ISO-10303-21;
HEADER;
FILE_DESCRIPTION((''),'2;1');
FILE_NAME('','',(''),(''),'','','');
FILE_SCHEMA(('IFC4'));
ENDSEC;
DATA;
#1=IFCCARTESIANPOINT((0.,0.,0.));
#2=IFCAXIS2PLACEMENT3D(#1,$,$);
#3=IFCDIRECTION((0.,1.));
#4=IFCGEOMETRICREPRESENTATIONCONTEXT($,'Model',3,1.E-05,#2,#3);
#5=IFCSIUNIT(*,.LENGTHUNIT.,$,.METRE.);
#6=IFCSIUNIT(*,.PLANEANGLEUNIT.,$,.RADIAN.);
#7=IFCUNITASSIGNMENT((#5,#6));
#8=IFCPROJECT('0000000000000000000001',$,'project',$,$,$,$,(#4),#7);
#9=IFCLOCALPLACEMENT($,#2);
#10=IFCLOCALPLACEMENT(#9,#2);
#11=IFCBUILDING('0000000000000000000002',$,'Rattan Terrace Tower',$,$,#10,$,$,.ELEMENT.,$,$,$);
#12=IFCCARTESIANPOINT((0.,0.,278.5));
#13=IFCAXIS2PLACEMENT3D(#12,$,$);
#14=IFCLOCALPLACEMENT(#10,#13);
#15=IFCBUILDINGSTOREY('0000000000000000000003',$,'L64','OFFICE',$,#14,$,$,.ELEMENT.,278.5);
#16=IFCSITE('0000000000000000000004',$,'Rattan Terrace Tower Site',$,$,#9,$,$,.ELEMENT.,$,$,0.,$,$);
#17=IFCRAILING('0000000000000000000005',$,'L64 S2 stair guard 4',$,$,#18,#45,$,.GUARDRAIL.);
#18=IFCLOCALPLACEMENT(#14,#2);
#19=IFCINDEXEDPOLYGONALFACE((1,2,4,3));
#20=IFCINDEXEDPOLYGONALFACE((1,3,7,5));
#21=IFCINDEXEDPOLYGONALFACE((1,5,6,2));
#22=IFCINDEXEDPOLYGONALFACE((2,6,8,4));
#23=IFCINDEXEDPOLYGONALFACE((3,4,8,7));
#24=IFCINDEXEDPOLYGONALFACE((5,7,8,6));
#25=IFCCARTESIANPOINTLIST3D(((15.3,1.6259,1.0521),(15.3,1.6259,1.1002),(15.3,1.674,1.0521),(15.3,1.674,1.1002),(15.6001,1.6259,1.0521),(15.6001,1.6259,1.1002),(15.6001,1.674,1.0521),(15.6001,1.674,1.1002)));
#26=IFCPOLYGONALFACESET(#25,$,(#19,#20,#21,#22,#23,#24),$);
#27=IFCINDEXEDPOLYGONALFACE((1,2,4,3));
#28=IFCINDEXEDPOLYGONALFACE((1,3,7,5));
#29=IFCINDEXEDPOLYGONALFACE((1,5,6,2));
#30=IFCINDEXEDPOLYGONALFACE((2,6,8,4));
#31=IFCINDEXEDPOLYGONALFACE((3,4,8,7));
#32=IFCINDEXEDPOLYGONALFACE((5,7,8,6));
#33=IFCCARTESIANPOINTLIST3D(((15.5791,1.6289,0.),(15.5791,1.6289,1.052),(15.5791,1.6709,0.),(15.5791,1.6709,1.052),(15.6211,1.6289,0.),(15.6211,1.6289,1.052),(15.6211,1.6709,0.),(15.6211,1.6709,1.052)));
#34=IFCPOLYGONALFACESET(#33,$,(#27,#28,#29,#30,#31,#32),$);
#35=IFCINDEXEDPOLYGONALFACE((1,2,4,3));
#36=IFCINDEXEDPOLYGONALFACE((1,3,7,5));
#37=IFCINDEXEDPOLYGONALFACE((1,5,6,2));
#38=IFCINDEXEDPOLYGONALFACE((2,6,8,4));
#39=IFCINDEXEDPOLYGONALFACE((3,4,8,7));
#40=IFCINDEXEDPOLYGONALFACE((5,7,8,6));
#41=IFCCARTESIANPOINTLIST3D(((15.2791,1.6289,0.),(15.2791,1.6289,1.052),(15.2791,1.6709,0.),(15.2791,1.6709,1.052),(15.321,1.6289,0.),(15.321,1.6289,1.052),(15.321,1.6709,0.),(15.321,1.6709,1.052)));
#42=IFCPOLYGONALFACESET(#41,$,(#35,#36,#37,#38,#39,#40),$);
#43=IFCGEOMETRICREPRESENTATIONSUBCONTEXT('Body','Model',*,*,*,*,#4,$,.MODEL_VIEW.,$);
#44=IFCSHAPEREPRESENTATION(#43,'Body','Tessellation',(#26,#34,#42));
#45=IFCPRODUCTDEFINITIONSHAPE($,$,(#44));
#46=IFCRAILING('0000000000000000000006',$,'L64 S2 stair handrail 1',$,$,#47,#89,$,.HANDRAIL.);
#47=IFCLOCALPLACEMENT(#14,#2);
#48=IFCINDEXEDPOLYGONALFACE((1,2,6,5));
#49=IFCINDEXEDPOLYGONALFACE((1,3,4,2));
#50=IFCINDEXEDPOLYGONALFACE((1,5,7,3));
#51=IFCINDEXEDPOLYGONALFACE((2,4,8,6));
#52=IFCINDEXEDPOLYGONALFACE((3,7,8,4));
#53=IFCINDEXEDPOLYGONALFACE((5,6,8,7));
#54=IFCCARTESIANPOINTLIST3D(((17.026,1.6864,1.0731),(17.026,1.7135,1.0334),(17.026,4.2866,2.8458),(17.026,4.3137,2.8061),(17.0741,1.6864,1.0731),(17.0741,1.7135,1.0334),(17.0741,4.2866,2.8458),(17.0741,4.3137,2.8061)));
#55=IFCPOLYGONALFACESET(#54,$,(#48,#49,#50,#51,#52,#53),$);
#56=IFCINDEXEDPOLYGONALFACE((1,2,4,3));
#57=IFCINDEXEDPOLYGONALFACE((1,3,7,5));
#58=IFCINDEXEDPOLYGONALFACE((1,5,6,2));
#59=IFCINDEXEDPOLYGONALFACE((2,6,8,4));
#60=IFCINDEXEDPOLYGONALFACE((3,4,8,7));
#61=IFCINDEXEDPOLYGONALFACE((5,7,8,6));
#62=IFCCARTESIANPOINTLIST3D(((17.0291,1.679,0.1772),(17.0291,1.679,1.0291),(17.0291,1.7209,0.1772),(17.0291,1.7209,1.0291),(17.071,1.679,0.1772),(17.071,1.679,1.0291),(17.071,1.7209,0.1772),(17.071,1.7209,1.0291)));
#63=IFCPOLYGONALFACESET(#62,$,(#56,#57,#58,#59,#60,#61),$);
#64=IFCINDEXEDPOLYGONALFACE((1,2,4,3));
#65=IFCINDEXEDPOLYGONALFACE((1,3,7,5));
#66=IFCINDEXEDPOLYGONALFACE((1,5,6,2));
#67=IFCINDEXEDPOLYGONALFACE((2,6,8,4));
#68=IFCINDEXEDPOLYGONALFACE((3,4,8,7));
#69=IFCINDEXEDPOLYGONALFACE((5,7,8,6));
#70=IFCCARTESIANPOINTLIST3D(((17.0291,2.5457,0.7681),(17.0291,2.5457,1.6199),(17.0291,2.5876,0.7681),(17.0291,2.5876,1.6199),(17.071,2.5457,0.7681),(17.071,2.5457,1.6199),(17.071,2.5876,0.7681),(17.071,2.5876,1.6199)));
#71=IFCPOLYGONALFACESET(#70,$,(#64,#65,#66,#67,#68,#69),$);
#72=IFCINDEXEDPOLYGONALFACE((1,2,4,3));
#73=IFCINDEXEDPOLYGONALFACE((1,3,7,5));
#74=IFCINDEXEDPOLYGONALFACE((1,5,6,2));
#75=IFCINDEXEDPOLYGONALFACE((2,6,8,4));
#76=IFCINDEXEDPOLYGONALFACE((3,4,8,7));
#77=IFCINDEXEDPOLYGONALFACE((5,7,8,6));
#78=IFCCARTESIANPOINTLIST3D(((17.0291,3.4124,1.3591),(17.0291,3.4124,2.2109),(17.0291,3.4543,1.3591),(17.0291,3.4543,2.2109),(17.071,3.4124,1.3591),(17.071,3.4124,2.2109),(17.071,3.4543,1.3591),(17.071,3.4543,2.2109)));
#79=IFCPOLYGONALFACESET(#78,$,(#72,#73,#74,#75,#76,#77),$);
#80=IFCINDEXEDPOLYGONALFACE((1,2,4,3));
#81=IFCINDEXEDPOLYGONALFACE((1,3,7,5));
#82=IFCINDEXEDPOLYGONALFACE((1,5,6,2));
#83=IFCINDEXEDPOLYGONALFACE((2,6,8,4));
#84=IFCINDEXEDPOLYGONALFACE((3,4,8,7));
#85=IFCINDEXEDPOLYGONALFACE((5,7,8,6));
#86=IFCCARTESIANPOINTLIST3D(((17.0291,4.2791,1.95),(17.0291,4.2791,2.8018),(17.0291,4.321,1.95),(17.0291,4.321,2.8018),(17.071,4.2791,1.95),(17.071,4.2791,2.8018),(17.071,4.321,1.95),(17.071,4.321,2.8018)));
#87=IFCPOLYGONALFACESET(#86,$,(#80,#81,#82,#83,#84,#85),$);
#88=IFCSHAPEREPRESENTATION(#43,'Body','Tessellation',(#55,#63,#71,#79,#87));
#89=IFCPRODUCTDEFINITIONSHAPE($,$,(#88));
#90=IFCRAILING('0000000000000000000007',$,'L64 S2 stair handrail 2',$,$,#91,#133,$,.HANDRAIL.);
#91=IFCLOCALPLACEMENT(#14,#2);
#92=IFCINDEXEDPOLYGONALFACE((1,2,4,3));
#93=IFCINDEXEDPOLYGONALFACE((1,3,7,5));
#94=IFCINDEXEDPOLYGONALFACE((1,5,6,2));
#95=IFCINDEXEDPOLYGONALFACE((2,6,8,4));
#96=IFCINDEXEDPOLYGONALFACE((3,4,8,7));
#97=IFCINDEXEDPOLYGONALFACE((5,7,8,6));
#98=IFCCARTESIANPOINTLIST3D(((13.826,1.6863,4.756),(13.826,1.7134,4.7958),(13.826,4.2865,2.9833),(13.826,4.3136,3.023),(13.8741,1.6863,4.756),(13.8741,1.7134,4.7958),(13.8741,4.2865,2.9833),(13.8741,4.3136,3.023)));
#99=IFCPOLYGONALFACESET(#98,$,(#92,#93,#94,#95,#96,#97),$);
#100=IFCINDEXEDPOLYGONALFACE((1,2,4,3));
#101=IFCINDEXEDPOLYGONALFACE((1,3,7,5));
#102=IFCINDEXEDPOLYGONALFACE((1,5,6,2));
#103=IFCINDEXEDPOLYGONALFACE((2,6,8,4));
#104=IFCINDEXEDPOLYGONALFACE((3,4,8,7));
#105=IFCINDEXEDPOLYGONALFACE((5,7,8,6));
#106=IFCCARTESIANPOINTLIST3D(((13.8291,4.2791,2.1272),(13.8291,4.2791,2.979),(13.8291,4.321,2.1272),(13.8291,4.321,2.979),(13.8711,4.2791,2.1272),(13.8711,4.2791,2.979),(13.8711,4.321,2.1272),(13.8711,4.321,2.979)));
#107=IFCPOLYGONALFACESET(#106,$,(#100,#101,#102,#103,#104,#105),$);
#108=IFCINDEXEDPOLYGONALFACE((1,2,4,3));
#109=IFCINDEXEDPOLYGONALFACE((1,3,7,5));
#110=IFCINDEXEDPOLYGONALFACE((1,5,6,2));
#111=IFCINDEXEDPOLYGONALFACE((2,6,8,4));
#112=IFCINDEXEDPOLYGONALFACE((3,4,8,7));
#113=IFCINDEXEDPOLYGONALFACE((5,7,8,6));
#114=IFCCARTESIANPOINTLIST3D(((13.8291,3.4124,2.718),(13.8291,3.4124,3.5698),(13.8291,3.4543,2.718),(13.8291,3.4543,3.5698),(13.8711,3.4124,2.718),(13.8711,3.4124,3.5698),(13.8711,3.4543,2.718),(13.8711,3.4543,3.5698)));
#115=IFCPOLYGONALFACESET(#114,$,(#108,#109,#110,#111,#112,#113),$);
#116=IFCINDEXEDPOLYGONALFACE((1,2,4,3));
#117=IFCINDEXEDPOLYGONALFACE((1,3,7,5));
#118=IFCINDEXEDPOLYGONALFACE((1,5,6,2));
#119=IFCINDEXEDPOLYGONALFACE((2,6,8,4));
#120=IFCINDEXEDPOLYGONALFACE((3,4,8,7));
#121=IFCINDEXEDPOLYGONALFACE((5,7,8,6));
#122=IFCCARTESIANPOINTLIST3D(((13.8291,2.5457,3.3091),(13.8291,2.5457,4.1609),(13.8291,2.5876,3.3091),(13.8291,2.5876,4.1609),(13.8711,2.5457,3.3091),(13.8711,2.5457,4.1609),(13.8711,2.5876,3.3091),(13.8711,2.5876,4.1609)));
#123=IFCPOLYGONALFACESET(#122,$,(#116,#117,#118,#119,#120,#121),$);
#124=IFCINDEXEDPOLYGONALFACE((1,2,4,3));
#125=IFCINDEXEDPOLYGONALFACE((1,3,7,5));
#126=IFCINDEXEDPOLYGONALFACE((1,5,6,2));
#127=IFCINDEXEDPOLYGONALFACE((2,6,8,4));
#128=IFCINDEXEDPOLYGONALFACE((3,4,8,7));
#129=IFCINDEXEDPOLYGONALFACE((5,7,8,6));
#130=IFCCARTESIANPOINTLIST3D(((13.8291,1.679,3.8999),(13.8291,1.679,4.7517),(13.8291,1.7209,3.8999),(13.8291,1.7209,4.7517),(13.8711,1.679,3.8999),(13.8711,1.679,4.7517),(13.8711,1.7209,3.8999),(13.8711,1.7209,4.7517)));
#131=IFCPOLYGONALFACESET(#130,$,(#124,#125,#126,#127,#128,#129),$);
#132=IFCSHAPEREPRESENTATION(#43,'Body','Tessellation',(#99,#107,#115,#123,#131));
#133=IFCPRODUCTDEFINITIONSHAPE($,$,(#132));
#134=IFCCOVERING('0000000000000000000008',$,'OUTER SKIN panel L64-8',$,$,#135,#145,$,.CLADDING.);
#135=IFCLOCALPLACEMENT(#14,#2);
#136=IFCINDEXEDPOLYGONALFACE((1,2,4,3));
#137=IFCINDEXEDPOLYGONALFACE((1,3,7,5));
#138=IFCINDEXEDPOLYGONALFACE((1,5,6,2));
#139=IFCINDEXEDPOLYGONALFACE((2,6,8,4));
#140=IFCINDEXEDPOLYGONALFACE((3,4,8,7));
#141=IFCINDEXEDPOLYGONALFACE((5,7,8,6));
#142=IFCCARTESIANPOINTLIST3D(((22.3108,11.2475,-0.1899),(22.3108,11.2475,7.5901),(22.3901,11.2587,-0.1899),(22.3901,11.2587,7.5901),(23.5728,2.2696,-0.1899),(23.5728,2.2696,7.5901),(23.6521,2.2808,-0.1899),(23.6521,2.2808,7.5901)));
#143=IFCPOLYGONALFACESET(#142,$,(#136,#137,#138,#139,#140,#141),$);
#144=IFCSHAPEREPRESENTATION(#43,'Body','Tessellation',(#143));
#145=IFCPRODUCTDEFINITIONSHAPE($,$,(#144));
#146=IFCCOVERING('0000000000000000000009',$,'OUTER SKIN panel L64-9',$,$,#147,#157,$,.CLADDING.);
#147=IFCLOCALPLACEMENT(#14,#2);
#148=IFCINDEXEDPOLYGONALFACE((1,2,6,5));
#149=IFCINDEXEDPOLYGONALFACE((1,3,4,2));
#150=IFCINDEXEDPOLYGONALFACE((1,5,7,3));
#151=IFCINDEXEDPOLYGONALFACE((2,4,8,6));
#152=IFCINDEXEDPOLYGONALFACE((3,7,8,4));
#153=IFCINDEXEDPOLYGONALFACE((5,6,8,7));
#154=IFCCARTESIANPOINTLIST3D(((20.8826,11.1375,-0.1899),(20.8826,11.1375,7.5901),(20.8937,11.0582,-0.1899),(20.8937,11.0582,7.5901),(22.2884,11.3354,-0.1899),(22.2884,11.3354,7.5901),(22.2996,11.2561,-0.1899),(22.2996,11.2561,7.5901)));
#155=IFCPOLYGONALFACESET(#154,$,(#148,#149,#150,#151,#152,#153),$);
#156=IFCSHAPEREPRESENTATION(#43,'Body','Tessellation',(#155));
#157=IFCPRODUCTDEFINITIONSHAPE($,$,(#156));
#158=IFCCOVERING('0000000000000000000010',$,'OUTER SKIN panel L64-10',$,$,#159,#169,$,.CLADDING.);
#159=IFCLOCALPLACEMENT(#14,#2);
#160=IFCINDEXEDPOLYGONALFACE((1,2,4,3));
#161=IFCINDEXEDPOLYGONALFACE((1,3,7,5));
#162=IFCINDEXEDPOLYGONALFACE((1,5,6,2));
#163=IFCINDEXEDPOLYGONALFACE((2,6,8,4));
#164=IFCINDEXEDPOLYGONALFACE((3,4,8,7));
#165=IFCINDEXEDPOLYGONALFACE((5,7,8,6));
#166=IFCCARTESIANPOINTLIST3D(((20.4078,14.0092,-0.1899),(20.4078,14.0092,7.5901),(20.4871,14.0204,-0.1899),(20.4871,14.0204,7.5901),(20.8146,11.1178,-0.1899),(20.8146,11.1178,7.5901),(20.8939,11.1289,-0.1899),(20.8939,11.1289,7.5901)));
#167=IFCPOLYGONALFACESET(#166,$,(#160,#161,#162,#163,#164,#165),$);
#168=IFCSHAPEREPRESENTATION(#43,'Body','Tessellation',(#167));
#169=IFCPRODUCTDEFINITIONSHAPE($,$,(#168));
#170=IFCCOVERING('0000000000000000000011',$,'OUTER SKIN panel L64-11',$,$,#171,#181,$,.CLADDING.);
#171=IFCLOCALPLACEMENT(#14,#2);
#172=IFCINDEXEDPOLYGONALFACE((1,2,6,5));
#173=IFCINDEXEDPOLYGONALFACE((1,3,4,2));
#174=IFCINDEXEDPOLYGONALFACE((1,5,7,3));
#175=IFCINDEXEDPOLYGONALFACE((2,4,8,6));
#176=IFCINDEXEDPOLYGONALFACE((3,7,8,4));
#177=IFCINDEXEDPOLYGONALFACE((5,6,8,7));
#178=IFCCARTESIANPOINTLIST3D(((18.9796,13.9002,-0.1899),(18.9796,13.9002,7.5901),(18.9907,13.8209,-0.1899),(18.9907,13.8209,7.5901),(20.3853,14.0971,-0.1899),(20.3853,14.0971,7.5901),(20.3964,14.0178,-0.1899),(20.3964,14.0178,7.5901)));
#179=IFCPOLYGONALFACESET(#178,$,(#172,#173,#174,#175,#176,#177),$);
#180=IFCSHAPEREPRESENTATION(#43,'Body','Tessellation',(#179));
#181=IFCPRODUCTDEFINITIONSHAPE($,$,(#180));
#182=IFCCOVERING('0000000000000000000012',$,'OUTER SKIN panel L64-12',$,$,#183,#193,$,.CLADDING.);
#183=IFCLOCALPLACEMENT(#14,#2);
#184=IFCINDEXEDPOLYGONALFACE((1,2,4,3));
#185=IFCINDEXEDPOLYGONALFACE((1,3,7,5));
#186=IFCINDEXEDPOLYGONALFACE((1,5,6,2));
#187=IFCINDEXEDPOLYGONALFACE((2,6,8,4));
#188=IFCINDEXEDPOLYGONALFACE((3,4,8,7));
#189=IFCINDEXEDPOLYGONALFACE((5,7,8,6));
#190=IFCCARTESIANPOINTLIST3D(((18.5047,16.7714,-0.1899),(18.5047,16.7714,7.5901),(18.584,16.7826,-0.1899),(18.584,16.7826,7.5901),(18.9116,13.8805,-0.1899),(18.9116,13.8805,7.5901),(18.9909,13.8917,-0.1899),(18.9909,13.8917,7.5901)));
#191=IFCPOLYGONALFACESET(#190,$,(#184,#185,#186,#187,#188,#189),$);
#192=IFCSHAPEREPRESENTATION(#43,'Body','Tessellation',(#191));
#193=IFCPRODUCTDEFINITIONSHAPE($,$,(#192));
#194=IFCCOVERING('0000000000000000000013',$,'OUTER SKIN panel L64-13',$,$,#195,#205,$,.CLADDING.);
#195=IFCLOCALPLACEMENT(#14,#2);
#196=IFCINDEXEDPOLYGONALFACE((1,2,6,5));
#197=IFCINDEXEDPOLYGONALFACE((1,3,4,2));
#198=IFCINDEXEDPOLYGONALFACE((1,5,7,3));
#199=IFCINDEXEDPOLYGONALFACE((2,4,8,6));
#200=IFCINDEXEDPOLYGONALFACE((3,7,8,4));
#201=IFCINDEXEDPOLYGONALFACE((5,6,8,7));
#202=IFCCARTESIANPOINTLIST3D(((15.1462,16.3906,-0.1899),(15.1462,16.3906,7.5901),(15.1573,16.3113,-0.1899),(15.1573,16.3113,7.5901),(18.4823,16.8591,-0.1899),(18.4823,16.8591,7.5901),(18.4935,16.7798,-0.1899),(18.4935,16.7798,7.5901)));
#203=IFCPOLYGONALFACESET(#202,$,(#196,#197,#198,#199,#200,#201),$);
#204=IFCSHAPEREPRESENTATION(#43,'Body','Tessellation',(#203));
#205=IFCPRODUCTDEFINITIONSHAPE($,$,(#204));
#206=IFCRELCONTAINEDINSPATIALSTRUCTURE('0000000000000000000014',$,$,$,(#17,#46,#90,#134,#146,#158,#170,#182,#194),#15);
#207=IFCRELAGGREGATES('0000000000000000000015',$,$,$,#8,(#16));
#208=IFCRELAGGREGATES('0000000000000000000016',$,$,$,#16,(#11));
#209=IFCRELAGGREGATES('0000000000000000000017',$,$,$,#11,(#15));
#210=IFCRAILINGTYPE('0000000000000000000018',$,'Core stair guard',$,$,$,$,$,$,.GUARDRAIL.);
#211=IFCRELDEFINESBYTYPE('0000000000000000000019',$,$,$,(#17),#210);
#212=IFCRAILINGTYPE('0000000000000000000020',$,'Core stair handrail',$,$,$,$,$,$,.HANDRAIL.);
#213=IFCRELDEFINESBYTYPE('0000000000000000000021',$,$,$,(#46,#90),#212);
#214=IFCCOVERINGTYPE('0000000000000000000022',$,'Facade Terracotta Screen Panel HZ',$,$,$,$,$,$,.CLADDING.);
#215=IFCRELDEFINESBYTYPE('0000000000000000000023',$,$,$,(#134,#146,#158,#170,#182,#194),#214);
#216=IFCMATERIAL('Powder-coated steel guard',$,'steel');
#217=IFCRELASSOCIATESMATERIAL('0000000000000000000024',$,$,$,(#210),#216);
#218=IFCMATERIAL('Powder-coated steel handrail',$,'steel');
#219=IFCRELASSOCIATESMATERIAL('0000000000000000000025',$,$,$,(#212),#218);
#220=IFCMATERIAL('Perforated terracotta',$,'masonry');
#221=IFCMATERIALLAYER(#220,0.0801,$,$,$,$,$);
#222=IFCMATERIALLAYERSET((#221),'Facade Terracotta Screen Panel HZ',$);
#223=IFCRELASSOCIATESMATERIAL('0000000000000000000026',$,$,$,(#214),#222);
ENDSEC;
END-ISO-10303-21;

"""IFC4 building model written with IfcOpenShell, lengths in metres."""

from ifc_helpers import new_model, si_unit, direction, frame, origin, origin_2d, place, context, subcontext, project, spatial, rectangle, extrude, material, layer, layer_set, type_object, element, save


model = new_model("IFC4")

# Units and contexts
model_context = context("Model", 3, precision=1e-05, world=origin(), true_north=direction((0.0, 1.0)))
body_context = subcontext(model_context, "Body", "Model", "MODEL_VIEW")
ifc_project = project(units=[si_unit("LENGTHUNIT", "METRE"), si_unit("PLANEANGLEUNIT", "RADIAN")], contexts=[model_context])

# Site, building, storey
site_placement = place(None, origin())
site = spatial("IfcSite", under=ifc_project, at=site_placement, Name="Rattan Terrace Tower Site", CompositionType="ELEMENT", RefElevation=0.0)
building_placement = place(site_placement, origin())
building = spatial("IfcBuilding", under=site, at=building_placement, Name="Rattan Terrace Tower", CompositionType="ELEMENT")
storey_placement = place(building_placement, frame((0.0, 0.0, 278.5)))
storey = spatial("IfcBuildingStorey", under=building, at=storey_placement, Name="L64", Description="OFFICE", CompositionType="ELEMENT", Elevation=278.5)

# Railings
ifc_material_1 = material(Name="Powder-coated steel guard", Category="steel")
railing_type_1 = type_object("IfcRailingType", Name="Core stair guard", PredefinedType="GUARDRAIL", material=ifc_material_1)
railing_1_placement = place(storey_placement, frame((15.6001, 1.6499, 0.0)))
element("IfcRailing", 1, at=railing_1_placement, inside=storey, type_object=railing_type_1, Name="L64 S2 stair guard 4", PredefinedType="GUARDRAIL", context=body_context, shape_type="SweptSolid", body=[
    extrude(rectangle(XDim=0.0481, YDim=0.0481, at=origin_2d()), frame((0.0, 0.0, 1.0762), z_axis=(-1.0, 0.0, 0.0), x_axis=(0.0, -1.0, 0.0)), (0.0, 0.0, 1.0), 0.3),
    extrude(rectangle(XDim=0.042, YDim=0.042, at=origin_2d()), origin(), (0.0, 0.0, 1.0), 1.052),
    extrude(rectangle(XDim=0.042, YDim=0.042, at=origin_2d()), frame((-0.3, 0.0, 0.0)), (0.0, 0.0, 1.0), 1.052),
])
ifc_material_2 = material(Name="Powder-coated steel handrail", Category="steel")
railing_type_2 = type_object("IfcRailingType", Name="Core stair handrail", PredefinedType="HANDRAIL", material=ifc_material_2)
railing_2_placement = place(storey_placement, frame((17.05, 1.7, 0.1772)))
element("IfcRailing", 2, at=railing_2_placement, inside=storey, type_object=railing_type_2, Name="L64 S2 stair handrail 1", PredefinedType="HANDRAIL", context=body_context, shape_type="SweptSolid", body=[
    extrude(rectangle(XDim=0.0481, YDim=0.0481, at=origin_2d()), frame((0.0, 0.0, 0.876), z_axis=(0.0, 0.82624, 0.563318), x_axis=(-1.0, 0.0, 0.0)), (0.0, 0.0, 1.0), 3.147),
    extrude(rectangle(XDim=0.042, YDim=0.042, at=origin_2d()), origin(), (0.0, 0.0, 1.0), 0.8518),
    extrude(rectangle(XDim=0.042, YDim=0.042, at=origin_2d()), frame((0.0, 0.8667, 0.5908)), (0.0, 0.0, 1.0), 0.8518),
    extrude(rectangle(XDim=0.042, YDim=0.042, at=origin_2d()), frame((0.0, 1.7334, 1.1819)), (0.0, 0.0, 1.0), 0.8518),
    extrude(rectangle(XDim=0.042, YDim=0.042, at=origin_2d()), frame((0.0, 2.6001, 1.7727)), (0.0, 0.0, 1.0), 0.8518),
])
railing_3_placement = place(storey_placement, frame((13.8501, 4.3, 2.1272)))
element("IfcRailing", 3, at=railing_3_placement, inside=storey, type_object=railing_type_2, Name="L64 S2 stair handrail 2", PredefinedType="HANDRAIL", context=body_context, shape_type="SweptSolid", body=[
    extrude(rectangle(XDim=0.0481, YDim=0.0481, at=origin_2d()), frame((0.0, 0.0, 0.876), z_axis=(0.0, -0.82624, 0.563318), x_axis=(1.0, 0.0, 0.0)), (0.0, 0.0, 1.0), 3.147),
    extrude(rectangle(XDim=0.042, YDim=0.042, at=origin_2d()), origin(), (0.0, 0.0, 1.0), 0.8518),
    extrude(rectangle(XDim=0.042, YDim=0.042, at=origin_2d()), frame((0.0, -0.8667, 0.5908)), (0.0, 0.0, 1.0), 0.8518),
    extrude(rectangle(XDim=0.042, YDim=0.042, at=origin_2d()), frame((0.0, -1.7334, 1.1819)), (0.0, 0.0, 1.0), 0.8518),
    extrude(rectangle(XDim=0.042, YDim=0.042, at=origin_2d()), frame((0.0, -2.6001, 1.7727)), (0.0, 0.0, 1.0), 0.8518),
])

# Coverings
ifc_material_3 = material(Name="Perforated terracotta", Category="masonry")
ifc_layer_1 = layer(ifc_material_3, 0.0801)
ifc_layer_set_1 = layer_set([ifc_layer_1], Name="Facade Terracotta Screen Panel HZ")
covering_type = type_object("IfcCoveringType", Name="Facade Terracotta Screen Panel HZ", PredefinedType="CLADDING", material=ifc_layer_set_1)
covering_1_placement = place(storey_placement, frame((22.9814, 6.7642, -0.1899), z_axis=(0.0, 0.0, 1.0), x_axis=(-0.139192, 0.990265, 0.0)))
element("IfcCovering", 4, at=covering_1_placement, inside=storey, type_object=covering_type, Name="OUTER SKIN panel L64-8", PredefinedType="CLADDING", context=body_context, shape_type="SweptSolid", body=[
    extrude(rectangle(XDim=9.0662, YDim=0.0801, at=origin_2d()), origin(), (0.0, 0.0, 1.0), 7.78),
])
covering_2_placement = place(storey_placement, frame((21.5911, 11.1968, -0.1899), z_axis=(0.0, 0.0, 1.0), x_axis=(-0.990241, -0.139367, 0.0)))
element("IfcCovering", 5, at=covering_2_placement, inside=storey, type_object=covering_type, Name="OUTER SKIN panel L64-9", PredefinedType="CLADDING", context=body_context, shape_type="SweptSolid", body=[
    extrude(rectangle(XDim=1.4197, YDim=0.0801, at=origin_2d()), origin(), (0.0, 0.0, 1.0), 7.78),
])
covering_3_placement = place(storey_placement, frame((20.6509, 12.5691, -0.1899), z_axis=(0.0, 0.0, 1.0), x_axis=(-0.139321, 0.990247, 0.0)))
element("IfcCovering", 6, at=covering_3_placement, inside=storey, type_object=covering_type, Name="OUTER SKIN panel L64-10", PredefinedType="CLADDING", context=body_context, shape_type="SweptSolid", body=[
    extrude(rectangle(XDim=2.9199, YDim=0.0801, at=origin_2d()), origin(), (0.0, 0.0, 1.0), 7.78),
])
covering_4_placement = place(storey_placement, frame((19.688, 13.959, -0.1899), z_axis=(0.0, 0.0, 1.0), x_axis=(-0.990333, -0.138713, 0.0)))
element("IfcCovering", 7, at=covering_4_placement, inside=storey, type_object=covering_type, Name="OUTER SKIN panel L64-11", PredefinedType="CLADDING", context=body_context, shape_type="SweptSolid", body=[
    extrude(rectangle(XDim=1.4194, YDim=0.0801, at=origin_2d()), origin(), (0.0, 0.0, 1.0), 7.78),
])
covering_5_placement = place(storey_placement, frame((18.7478, 15.3315, -0.1899), z_axis=(0.0, 0.0, 1.0), x_axis=(-0.139367, 0.990241, 0.0)))
element("IfcCovering", 8, at=covering_5_placement, inside=storey, type_object=covering_type, Name="OUTER SKIN panel L64-12", PredefinedType="CLADDING", context=body_context, shape_type="SweptSolid", body=[
    extrude(rectangle(XDim=2.9194, YDim=0.0801, at=origin_2d()), origin(), (0.0, 0.0, 1.0), 7.78),
])
covering_6_placement = place(storey_placement, frame((16.8198, 16.5852, -0.1899), z_axis=(0.0, 0.0, 1.0), x_axis=(-0.990287, -0.13904, 0.0)))
element("IfcCovering", 9, at=covering_6_placement, inside=storey, type_object=covering_type, Name="OUTER SKIN panel L64-13", PredefinedType="CLADDING", context=body_context, shape_type="SweptSolid", body=[
    extrude(rectangle(XDim=3.3689, YDim=0.0801, at=origin_2d()), origin(), (0.0, 0.0, 1.0), 7.78),
])

save(model, "model.ifc")
